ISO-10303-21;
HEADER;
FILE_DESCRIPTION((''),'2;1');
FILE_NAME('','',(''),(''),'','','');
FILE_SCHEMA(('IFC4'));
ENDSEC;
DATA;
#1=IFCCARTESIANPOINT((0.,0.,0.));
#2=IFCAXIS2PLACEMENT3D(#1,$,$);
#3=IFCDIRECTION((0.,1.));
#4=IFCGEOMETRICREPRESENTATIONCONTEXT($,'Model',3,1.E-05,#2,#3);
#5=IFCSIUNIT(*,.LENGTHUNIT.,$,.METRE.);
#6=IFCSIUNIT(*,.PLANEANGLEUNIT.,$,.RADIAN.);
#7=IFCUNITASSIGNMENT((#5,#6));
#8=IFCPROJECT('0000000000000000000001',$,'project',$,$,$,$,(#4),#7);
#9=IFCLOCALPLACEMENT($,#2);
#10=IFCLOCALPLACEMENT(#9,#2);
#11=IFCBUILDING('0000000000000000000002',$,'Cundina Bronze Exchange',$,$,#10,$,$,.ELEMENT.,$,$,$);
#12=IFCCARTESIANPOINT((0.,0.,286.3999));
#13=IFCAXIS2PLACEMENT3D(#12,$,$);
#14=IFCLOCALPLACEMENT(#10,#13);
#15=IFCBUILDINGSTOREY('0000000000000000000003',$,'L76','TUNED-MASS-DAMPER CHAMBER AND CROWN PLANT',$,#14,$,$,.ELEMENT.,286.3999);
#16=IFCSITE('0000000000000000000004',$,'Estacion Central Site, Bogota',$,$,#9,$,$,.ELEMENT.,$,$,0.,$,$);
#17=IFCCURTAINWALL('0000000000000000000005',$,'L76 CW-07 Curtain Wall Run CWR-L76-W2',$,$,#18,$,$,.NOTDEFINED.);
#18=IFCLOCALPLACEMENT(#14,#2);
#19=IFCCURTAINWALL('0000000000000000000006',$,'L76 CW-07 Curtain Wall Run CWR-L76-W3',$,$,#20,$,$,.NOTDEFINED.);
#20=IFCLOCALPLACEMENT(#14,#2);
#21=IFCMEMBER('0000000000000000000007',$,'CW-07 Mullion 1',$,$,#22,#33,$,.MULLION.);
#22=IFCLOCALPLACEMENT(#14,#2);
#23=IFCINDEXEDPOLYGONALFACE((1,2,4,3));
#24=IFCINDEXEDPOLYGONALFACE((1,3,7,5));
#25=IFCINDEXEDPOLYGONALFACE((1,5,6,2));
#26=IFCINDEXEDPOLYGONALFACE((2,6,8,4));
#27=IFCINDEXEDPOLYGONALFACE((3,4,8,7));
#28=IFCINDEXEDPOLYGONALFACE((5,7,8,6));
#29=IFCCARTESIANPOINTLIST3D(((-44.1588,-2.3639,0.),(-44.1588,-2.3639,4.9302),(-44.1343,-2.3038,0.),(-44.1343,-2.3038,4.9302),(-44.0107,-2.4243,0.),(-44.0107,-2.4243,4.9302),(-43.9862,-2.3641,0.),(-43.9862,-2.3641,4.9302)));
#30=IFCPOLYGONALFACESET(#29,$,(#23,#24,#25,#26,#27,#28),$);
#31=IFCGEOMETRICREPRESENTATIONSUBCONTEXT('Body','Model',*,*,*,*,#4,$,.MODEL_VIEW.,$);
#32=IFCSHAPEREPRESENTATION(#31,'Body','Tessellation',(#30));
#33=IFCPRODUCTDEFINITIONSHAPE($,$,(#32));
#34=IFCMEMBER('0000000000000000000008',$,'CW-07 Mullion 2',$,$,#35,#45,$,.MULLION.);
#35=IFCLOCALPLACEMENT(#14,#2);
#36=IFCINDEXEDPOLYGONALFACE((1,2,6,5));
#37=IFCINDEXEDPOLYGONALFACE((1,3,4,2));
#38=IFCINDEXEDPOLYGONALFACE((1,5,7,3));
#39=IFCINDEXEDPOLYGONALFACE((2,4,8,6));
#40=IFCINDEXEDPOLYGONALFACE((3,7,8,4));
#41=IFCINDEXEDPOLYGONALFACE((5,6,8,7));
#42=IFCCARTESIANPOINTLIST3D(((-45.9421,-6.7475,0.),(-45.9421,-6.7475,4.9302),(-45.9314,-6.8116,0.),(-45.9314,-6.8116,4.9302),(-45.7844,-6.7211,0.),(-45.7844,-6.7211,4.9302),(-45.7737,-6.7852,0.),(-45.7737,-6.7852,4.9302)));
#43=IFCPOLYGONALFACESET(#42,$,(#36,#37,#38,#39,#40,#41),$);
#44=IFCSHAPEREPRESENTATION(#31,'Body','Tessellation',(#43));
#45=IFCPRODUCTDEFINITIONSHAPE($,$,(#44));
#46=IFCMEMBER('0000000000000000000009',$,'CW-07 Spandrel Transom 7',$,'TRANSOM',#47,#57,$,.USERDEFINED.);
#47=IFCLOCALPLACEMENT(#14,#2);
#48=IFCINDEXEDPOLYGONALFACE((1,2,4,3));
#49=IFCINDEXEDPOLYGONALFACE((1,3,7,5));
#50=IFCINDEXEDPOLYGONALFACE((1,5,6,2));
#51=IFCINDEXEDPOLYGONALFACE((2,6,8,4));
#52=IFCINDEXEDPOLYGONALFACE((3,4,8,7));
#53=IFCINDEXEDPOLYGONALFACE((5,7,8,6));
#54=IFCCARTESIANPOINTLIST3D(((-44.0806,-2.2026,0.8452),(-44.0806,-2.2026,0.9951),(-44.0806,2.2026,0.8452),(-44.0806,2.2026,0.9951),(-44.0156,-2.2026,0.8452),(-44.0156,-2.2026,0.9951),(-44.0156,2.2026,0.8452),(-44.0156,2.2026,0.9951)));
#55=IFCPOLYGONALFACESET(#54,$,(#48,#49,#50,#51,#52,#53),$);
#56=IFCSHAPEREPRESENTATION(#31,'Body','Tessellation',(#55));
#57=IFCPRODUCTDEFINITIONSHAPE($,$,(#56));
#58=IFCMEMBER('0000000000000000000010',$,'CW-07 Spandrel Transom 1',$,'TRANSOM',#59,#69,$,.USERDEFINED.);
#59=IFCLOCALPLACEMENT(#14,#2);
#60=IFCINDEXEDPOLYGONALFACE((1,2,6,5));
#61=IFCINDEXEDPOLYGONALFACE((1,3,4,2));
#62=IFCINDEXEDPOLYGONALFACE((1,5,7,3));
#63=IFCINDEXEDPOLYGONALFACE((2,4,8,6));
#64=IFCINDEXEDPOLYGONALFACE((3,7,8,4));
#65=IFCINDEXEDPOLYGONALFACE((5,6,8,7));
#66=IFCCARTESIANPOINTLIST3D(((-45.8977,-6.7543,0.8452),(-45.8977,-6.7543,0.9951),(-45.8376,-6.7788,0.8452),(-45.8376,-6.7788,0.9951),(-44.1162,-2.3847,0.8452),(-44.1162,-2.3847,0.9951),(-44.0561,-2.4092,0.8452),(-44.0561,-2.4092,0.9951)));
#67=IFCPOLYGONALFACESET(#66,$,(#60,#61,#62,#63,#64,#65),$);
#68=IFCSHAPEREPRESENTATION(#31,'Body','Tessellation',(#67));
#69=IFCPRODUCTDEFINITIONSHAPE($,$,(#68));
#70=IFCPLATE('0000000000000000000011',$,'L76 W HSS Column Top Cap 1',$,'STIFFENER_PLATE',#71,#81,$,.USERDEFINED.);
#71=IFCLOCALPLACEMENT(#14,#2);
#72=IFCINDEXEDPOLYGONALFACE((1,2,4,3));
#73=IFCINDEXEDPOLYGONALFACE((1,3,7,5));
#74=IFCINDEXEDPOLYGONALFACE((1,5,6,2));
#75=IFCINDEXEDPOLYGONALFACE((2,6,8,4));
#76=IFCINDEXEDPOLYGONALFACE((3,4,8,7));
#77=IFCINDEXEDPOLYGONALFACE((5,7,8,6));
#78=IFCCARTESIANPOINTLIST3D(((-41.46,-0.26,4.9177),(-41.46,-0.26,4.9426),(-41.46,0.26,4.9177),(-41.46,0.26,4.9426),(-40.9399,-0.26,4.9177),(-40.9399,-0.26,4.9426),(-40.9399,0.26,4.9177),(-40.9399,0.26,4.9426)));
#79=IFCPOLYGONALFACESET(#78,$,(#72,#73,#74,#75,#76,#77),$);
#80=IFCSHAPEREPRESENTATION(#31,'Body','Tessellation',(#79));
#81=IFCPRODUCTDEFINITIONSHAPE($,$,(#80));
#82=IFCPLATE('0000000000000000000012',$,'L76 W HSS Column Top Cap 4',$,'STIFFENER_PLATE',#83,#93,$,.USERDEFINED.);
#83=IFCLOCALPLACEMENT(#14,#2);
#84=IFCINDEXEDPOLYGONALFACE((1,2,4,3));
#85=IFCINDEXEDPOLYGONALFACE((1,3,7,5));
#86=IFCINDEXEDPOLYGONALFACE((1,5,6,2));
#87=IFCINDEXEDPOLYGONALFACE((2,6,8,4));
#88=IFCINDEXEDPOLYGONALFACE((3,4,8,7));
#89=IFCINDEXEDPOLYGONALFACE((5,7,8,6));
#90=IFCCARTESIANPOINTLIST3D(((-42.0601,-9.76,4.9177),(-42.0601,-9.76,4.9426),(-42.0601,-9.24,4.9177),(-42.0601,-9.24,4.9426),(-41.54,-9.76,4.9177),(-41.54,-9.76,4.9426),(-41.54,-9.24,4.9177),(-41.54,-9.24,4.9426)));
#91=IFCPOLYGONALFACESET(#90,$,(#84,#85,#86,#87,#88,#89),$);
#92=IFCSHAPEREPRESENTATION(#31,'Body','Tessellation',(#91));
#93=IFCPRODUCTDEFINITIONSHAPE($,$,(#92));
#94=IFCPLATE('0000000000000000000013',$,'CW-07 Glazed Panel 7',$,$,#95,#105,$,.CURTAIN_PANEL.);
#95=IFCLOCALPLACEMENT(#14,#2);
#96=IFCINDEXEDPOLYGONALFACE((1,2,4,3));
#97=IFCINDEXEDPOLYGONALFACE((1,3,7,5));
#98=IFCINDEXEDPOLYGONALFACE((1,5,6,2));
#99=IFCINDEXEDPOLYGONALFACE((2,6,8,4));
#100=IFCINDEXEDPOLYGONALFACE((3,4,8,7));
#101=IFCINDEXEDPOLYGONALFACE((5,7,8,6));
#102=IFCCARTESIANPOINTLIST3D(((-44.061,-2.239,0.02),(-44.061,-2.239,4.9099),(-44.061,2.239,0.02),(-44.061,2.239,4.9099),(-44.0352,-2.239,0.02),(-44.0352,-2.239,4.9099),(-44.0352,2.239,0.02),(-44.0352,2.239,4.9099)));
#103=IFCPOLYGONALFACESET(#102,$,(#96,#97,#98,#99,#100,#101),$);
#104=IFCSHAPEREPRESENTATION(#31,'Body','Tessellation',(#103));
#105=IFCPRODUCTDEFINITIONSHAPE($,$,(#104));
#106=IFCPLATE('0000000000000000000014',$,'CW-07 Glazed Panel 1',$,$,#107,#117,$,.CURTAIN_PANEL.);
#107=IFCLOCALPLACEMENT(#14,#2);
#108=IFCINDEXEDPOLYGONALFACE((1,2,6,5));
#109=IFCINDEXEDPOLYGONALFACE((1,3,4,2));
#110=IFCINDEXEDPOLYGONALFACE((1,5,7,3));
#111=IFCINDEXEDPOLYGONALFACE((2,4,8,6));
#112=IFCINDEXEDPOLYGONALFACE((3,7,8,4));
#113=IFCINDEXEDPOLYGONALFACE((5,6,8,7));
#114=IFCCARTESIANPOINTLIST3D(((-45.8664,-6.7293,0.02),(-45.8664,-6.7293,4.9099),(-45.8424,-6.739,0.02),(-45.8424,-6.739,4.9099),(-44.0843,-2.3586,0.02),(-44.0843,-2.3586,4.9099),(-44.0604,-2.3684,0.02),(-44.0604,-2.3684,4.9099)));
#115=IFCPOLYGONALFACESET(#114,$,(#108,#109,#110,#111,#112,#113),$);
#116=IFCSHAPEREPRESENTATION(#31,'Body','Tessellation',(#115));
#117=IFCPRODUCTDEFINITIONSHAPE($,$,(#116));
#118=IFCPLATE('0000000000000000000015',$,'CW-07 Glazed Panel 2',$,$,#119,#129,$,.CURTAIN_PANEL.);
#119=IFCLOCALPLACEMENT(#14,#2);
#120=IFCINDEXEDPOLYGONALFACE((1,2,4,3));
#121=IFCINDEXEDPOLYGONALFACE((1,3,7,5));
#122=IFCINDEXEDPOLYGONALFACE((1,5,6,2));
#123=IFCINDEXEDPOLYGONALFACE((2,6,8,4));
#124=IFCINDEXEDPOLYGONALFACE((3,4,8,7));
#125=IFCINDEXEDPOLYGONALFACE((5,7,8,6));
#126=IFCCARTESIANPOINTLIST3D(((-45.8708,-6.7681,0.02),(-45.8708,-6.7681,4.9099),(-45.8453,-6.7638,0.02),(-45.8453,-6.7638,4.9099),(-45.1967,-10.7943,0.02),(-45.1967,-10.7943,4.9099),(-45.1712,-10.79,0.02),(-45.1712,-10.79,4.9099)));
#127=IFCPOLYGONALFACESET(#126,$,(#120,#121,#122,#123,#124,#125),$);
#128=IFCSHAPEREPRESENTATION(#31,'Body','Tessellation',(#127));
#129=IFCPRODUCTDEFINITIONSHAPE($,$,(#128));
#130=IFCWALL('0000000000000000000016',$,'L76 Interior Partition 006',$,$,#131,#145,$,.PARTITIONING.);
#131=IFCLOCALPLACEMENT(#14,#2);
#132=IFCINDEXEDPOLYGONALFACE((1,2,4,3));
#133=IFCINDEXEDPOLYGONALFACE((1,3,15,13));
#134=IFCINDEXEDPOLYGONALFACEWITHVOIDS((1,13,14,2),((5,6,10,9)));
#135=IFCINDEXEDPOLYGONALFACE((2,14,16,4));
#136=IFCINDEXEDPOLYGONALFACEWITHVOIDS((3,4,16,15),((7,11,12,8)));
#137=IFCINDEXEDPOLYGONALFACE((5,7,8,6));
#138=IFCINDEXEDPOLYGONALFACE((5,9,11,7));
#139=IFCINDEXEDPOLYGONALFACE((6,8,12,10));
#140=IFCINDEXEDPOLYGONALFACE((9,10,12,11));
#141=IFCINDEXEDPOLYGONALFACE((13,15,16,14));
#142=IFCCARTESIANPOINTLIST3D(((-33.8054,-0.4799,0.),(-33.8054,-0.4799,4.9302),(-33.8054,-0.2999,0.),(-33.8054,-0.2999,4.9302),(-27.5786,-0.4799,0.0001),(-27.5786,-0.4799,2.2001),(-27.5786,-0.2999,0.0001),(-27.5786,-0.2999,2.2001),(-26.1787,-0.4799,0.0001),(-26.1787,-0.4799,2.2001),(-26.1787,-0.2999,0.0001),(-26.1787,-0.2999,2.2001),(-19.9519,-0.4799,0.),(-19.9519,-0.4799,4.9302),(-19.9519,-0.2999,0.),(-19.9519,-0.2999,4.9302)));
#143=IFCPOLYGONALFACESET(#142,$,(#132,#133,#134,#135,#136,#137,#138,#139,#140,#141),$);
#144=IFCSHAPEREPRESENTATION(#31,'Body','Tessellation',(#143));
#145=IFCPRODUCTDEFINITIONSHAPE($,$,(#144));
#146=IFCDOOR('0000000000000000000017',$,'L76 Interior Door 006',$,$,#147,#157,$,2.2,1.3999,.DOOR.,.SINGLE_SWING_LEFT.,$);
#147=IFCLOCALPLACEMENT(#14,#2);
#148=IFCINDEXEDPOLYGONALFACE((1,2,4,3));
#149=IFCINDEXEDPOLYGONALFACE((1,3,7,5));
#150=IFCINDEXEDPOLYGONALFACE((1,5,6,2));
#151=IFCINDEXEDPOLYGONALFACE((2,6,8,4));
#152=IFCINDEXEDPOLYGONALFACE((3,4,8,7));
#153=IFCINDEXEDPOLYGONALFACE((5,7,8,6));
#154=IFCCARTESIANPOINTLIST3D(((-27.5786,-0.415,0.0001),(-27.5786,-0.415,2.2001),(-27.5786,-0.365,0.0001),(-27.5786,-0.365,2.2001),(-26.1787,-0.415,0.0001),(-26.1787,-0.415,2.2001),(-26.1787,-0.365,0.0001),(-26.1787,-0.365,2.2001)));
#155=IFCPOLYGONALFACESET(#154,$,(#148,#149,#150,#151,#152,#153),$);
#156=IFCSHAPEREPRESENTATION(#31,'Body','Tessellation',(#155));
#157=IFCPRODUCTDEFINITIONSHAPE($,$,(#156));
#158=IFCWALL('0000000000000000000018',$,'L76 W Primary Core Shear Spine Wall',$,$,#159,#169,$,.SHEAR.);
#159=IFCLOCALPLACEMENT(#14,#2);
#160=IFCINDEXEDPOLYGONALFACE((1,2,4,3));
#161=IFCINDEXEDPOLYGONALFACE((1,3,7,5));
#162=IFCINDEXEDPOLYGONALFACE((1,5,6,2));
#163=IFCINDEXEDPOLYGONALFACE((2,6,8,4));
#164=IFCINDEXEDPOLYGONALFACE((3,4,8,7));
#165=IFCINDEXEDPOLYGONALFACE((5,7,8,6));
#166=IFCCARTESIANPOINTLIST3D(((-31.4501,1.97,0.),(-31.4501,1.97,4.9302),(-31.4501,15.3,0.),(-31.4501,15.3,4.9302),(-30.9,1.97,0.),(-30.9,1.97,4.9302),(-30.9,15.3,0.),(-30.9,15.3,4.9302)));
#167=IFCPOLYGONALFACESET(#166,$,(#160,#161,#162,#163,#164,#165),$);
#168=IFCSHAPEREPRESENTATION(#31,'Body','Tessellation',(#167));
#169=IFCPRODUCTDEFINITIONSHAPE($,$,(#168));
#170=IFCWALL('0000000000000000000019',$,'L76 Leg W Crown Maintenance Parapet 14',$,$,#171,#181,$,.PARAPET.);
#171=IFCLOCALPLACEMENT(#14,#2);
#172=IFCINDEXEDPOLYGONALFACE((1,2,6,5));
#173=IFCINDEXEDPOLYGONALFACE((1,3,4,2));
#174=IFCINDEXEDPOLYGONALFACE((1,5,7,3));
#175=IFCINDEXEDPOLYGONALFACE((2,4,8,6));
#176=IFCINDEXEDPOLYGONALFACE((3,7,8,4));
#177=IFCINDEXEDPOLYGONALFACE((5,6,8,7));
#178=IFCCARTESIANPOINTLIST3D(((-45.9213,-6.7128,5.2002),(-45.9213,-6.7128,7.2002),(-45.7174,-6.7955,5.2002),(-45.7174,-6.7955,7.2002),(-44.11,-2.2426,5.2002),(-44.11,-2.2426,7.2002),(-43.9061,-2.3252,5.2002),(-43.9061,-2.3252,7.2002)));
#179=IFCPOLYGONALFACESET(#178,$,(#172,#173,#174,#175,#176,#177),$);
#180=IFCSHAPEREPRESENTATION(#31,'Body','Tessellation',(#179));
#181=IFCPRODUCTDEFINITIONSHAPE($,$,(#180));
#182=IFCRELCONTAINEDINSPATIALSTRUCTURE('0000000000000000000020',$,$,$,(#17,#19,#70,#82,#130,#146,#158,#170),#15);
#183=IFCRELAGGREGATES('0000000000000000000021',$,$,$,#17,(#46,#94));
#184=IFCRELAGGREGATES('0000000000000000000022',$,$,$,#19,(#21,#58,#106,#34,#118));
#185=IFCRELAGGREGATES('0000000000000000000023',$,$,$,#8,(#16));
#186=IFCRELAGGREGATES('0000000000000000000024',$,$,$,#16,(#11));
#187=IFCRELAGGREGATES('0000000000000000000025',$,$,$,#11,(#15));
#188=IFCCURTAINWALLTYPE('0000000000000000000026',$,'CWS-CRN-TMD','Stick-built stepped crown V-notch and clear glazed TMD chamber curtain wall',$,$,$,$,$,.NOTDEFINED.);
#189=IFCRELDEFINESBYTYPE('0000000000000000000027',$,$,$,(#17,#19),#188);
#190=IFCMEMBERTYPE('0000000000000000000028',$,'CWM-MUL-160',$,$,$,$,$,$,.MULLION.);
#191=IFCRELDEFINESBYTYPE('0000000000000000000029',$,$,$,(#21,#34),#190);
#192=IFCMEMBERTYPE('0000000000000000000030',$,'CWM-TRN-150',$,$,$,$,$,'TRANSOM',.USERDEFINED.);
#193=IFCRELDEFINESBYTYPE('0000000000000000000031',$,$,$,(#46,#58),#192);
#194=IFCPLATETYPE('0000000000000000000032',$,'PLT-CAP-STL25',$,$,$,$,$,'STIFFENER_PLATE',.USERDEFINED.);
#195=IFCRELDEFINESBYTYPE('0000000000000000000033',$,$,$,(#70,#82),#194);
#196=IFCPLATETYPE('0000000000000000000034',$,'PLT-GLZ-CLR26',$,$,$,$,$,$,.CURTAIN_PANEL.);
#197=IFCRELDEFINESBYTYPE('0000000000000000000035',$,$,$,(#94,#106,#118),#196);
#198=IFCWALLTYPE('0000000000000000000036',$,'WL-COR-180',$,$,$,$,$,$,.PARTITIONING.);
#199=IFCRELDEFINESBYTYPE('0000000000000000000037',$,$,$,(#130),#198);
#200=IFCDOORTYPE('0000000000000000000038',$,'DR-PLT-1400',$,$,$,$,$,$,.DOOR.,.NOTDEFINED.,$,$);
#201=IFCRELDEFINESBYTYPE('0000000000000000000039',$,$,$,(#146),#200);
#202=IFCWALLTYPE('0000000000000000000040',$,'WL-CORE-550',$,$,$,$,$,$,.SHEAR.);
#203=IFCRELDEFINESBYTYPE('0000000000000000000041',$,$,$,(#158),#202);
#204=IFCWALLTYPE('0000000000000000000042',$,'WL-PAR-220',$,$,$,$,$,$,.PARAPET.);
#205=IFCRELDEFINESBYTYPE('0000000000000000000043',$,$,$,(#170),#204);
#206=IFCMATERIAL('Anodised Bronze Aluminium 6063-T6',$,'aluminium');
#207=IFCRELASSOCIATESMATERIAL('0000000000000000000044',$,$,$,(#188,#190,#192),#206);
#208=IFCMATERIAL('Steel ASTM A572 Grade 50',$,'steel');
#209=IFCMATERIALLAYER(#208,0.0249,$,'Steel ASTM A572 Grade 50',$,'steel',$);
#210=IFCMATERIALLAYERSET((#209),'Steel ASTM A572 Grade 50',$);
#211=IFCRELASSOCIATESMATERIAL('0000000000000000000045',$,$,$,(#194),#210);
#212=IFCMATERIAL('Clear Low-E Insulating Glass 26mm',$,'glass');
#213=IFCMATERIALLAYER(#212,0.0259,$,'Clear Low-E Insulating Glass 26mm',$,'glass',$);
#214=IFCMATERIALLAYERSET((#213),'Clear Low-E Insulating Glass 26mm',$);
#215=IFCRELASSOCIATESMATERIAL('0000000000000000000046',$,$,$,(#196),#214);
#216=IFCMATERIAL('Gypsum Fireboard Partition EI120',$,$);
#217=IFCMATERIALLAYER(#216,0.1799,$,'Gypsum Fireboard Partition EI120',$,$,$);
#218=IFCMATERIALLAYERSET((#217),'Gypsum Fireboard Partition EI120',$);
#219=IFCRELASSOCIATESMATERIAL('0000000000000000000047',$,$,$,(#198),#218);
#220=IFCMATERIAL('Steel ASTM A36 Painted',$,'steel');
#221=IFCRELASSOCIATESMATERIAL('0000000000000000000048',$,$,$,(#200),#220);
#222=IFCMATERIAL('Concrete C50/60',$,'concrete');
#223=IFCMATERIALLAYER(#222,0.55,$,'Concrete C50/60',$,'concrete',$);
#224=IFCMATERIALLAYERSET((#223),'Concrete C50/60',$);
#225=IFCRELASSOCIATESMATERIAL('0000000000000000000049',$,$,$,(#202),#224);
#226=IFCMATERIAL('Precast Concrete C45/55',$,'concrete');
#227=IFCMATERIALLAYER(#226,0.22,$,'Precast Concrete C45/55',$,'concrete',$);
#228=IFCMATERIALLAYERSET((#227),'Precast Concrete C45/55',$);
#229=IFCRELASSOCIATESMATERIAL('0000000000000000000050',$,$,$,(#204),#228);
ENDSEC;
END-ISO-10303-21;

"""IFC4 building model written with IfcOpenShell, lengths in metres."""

from ifc_helpers import new_model, si_unit, direction, frame, frame_2d, origin, origin_2d, place, context, subcontext, project, spatial, rectangle, extrude, material, layer, layer_set, material_profile, profile_set, type_object, element, fill, aggregate, save


model = new_model("IFC4")

# Units and contexts
model_context = context("Model", 3, precision=1e-05, world=origin(), true_north=direction((0.0, 1.0)))
body_context = subcontext(model_context, "Body", "Model", "MODEL_VIEW")
ifc_project = project(units=[si_unit("LENGTHUNIT", "METRE"), si_unit("PLANEANGLEUNIT", "RADIAN")], contexts=[model_context])

# Site, building, storey
site_placement = place(None, origin())
site = spatial("IfcSite", under=ifc_project, at=site_placement, Name="Estacion Central Site, Bogota", CompositionType="ELEMENT", RefElevation=0.0)
building_placement = place(site_placement, origin())
building = spatial("IfcBuilding", under=site, at=building_placement, Name="Cundina Bronze Exchange", CompositionType="ELEMENT")
storey_placement = place(building_placement, frame((0.0, 0.0, 286.3999)))
storey = spatial("IfcBuildingStorey", under=building, at=storey_placement, Name="L76", Description="TUNED-MASS-DAMPER CHAMBER AND CROWN PLANT", CompositionType="ELEMENT", Elevation=286.3999)

# Curtain wall
ifc_material_1 = material(Name="Anodised Bronze Aluminium 6063-T6", Category="aluminium")
curtain_wall_type = type_object("IfcCurtainWallType", Name="CWS-CRN-TMD", Description="Stick-built stepped crown V-notch and clear glazed TMD chamber curtain wall", PredefinedType="NOTDEFINED", material=ifc_material_1)
curtain_wall_1_placement = place(storey_placement, origin())
curtain_wall_1 = element("IfcCurtainWall", 1, at=curtain_wall_1_placement, inside=storey, type_object=curtain_wall_type, Name="L76 CW-07 Curtain Wall Run CWR-L76-W2", PredefinedType="NOTDEFINED")
ifc_material_profile_1 = material_profile(ifc_material_1, rectangle(XDim=0.0649, YDim=0.1599, at=origin_2d()), Name="AL65X160", Category="aluminium")
ifc_profile_set_1 = profile_set([ifc_material_profile_1], Name="Anodised Bronze Aluminium 6063-T6")
member_type_1 = type_object("IfcMemberType", Name="CWM-MUL-160", PredefinedType="MULLION", material=ifc_profile_set_1)

# Curtain wall, members
curtain_wall_2_placement = place(storey_placement, origin())
curtain_wall_2 = element("IfcCurtainWall", 2, at=curtain_wall_2_placement, inside=storey, type_object=curtain_wall_type, Name="L76 CW-07 Curtain Wall Run CWR-L76-W3", PredefinedType="NOTDEFINED")
member_1_placement = place(storey_placement, frame((-44.0725, -2.364, 0.0), z_axis=(0.0, 0.0, 1.0), x_axis=(-0.377518, -0.926002, 0.0)))
member_1 = element("IfcMember", 3, at=member_1_placement, type_object=member_type_1, Name="CW-07 Mullion 1", PredefinedType="MULLION", context=body_context, shape_type="SweptSolid", body=[
    extrude(rectangle(XDim=0.0649, YDim=0.1599, at=origin_2d()), origin(), (0.0, 0.0, 1.0), 4.9302),
])
member_2_placement = place(storey_placement, frame((-45.8579, -6.7664, 0.0), z_axis=(0.0, 0.0, 1.0), x_axis=(0.165048, -0.986286, 0.0)))
member_2 = element("IfcMember", 4, at=member_2_placement, type_object=member_type_1, Name="CW-07 Mullion 2", PredefinedType="MULLION", context=body_context, shape_type="SweptSolid", body=[
    extrude(rectangle(XDim=0.0649, YDim=0.1599, at=origin_2d()), origin(), (0.0, 0.0, 1.0), 4.9302),
])

# Members
ifc_material_profile_2 = material_profile(ifc_material_1, rectangle(XDim=0.0649, YDim=0.1499, at=origin_2d()), Name="AL65X150", Category="aluminium")
ifc_profile_set_2 = profile_set([ifc_material_profile_2], Name="Anodised Bronze Aluminium 6063-T6")
member_type_2 = type_object("IfcMemberType", Name="CWM-TRN-150", ElementType="TRANSOM", PredefinedType="USERDEFINED", material=ifc_profile_set_2)
member_3_placement = place(storey_placement, frame((-44.0481, 2.2026, 0.9202), z_axis=(0.0, -1.0, 0.0), x_axis=(1.0, 0.0, 0.0)))
member_3 = element("IfcMember", 5, at=member_3_placement, type_object=member_type_2, Name="CW-07 Spandrel Transom 7", ObjectType="TRANSOM", PredefinedType="USERDEFINED", context=body_context, shape_type="SweptSolid", body=[
    extrude(rectangle(XDim=0.0649, YDim=0.1499, at=origin_2d()), origin(), (0.0, 0.0, 1.0), 4.4053),
])
member_4_placement = place(storey_placement, frame((-44.0862, -2.397, 0.9202), z_axis=(-0.377529, -0.925998, 0.0), x_axis=(0.925998, -0.377529, 0.0)))
member_4 = element("IfcMember", 6, at=member_4_placement, type_object=member_type_2, Name="CW-07 Spandrel Transom 1", ObjectType="TRANSOM", PredefinedType="USERDEFINED", context=body_context, shape_type="SweptSolid", body=[
    extrude(rectangle(XDim=0.0649, YDim=0.1499, at=origin_2d()), origin(), (0.0, 0.0, 1.0), 4.7188),
])

# Plates
ifc_material_2 = material(Name="Steel ASTM A572 Grade 50", Category="steel")
ifc_layer_1 = layer(ifc_material_2, 0.0249, Name="Steel ASTM A572 Grade 50", Category="steel")
ifc_layer_set_1 = layer_set([ifc_layer_1], Name="Steel ASTM A572 Grade 50")
plate_type_1 = type_object("IfcPlateType", Name="PLT-CAP-STL25", ElementType="STIFFENER_PLATE", PredefinedType="USERDEFINED", material=ifc_layer_set_1)
for number, where, z_axis, x_axis, name in (
    (7, (-41.2, 0.0, 4.9177), (0.0, 0.0, 1.0), (1.0, 0.0, 0.0), "L76 W HSS Column Top Cap 1"),
    (8, (-41.8, -9.5, 4.9177), (0.0, 0.0, 1.0), (1.0, 0.0, 0.0), "L76 W HSS Column Top Cap 4"),
):
    element("IfcPlate", number, at=place(storey_placement, frame(where, z_axis=z_axis, x_axis=x_axis)), inside=storey, type_object=plate_type_1, Name=name, ObjectType="STIFFENER_PLATE", PredefinedType="USERDEFINED", context=body_context, shape_type="SweptSolid", body=[
        extrude(rectangle(XDim=0.52, YDim=0.52, at=origin_2d()), origin(), (0.0, 0.0, 1.0), 0.0249),
    ])

# Plates
ifc_material_3 = material(Name="Clear Low-E Insulating Glass 26mm", Category="glass")
ifc_layer_2 = layer(ifc_material_3, 0.0259, Name="Clear Low-E Insulating Glass 26mm", Category="glass")
ifc_layer_set_2 = layer_set([ifc_layer_2], Name="Clear Low-E Insulating Glass 26mm")
plate_type_2 = type_object("IfcPlateType", Name="PLT-GLZ-CLR26", PredefinedType="CURTAIN_PANEL", material=ifc_layer_set_2)
plate_1_placement = place(storey_placement, frame((-44.0481, 0.0, 0.02), z_axis=(0.0, 0.0, 1.0), x_axis=(0.0, -1.0, 0.0)))
plate_1 = element("IfcPlate", 9, at=plate_1_placement, type_object=plate_type_2, Name="CW-07 Glazed Panel 7", PredefinedType="CURTAIN_PANEL", context=body_context, shape_type="SweptSolid", body=[
    extrude(rectangle(XDim=4.478, YDim=0.0259, at=origin_2d()), origin(), (0.0, 0.0, 1.0), 4.8899),
])
aggregate(curtain_wall_1, [member_3, plate_1])
plate_2_placement = place(storey_placement, frame((-44.9634, -4.5488, 0.02), z_axis=(0.0, 0.0, 1.0), x_axis=(-0.37755, -0.925989, 0.0)))
plate_2 = element("IfcPlate", 10, at=plate_2_placement, type_object=plate_type_2, Name="CW-07 Glazed Panel 1", PredefinedType="CURTAIN_PANEL", context=body_context, shape_type="SweptSolid", body=[
    extrude(rectangle(XDim=4.72, YDim=0.0259, at=origin_2d()), origin(), (0.0, 0.0, 1.0), 4.8899),
])
plate_3_placement = place(storey_placement, frame((-45.521, -8.7791, 0.02), z_axis=(0.0, 0.0, 1.0), x_axis=(0.165134, -0.986271, 0.0)))
plate_3 = element("IfcPlate", 11, at=plate_3_placement, type_object=plate_type_2, Name="CW-07 Glazed Panel 2", PredefinedType="CURTAIN_PANEL", context=body_context, shape_type="SweptSolid", body=[
    extrude(rectangle(XDim=4.0823, YDim=0.0259, at=origin_2d()), origin(), (0.0, 0.0, 1.0), 4.8899),
])
aggregate(curtain_wall_2, [member_1, member_4, plate_2, member_2, plate_3])

# Wall, opening, door
ifc_material_4 = material(Name="Gypsum Fireboard Partition EI120")
ifc_layer_3 = layer(ifc_material_4, 0.1799, Name="Gypsum Fireboard Partition EI120")
ifc_layer_set_3 = layer_set([ifc_layer_3], Name="Gypsum Fireboard Partition EI120")
wall_type_1 = type_object("IfcWallType", Name="WL-COR-180", PredefinedType="PARTITIONING", material=ifc_layer_set_3)
wall_1_placement = place(storey_placement, frame((-33.8054, -0.3899, 0.0), z_axis=(0.0, 0.0, 1.0), x_axis=(1.0, 0.0, 0.0)))
wall_1 = element("IfcWall", 12, at=wall_1_placement, inside=storey, type_object=wall_type_1, Name="L76 Interior Partition 006", PredefinedType="PARTITIONING", context=body_context, shape_type="SweptSolid", body=[
    extrude(rectangle(XDim=13.8535, YDim=0.1799, at=frame_2d((6.9268, 0.0))), origin(), (0.0, 0.0, 1.0), 4.9302),
])
opening_placement = place(wall_1_placement, frame((6.2268, 0.0, 0.0)))
opening = element("IfcOpeningElement", 13, at=opening_placement, cuts=wall_1, PredefinedType="OPENING", context=body_context, shape_type="SweptSolid", body=[
    extrude(rectangle(XDim=1.3999, YDim=2.2, at=frame_2d((0.7, 1.1001))), frame((0.0, 0.0999, 0.0), z_axis=(0.0, -1.0, 0.0), x_axis=(1.0, 0.0, 0.0)), (0.0, 0.0, 1.0), 0.2),
])
ifc_material_5 = material(Name="Steel ASTM A36 Painted", Category="steel")
door_type = type_object("IfcDoorType", Name="DR-PLT-1400", OperationType="NOTDEFINED", PredefinedType="DOOR", material=ifc_material_5)
door_placement = place(opening_placement, origin())
door = element("IfcDoor", 14, at=door_placement, inside=storey, type_object=door_type, Name="L76 Interior Door 006", OperationType="SINGLE_SWING_LEFT", OverallHeight=2.2, OverallWidth=1.3999, PredefinedType="DOOR", context=body_context, shape_type="SweptSolid", body=[
    extrude(rectangle(XDim=1.3999, YDim=2.2, at=frame_2d((0.7, 1.1001))), frame((0.0, 0.0249, 0.0), z_axis=(0.0, -1.0, 0.0), x_axis=(1.0, 0.0, 0.0)), (0.0, 0.0, 1.0), 0.05),
])
fill(opening, door)

# Walls
ifc_material_6 = material(Name="Concrete C50/60", Category="concrete")
ifc_layer_4 = layer(ifc_material_6, 0.55, Name="Concrete C50/60", Category="concrete")
ifc_layer_set_4 = layer_set([ifc_layer_4], Name="Concrete C50/60")
wall_type_2 = type_object("IfcWallType", Name="WL-CORE-550", PredefinedType="SHEAR", material=ifc_layer_set_4)
wall_2_placement = place(storey_placement, frame((-31.175, 1.97, 0.0), z_axis=(0.0, 0.0, 1.0), x_axis=(0.0, 1.0, 0.0)))
element("IfcWall", 15, at=wall_2_placement, inside=storey, type_object=wall_type_2, Name="L76 W Primary Core Shear Spine Wall", PredefinedType="SHEAR", context=body_context, shape_type="SweptSolid", body=[
    extrude(rectangle(XDim=13.3301, YDim=0.55, at=frame_2d((6.665, 0.0))), origin(), (0.0, 0.0, 1.0), 4.9302),
])
ifc_material_7 = material(Name="Precast Concrete C45/55", Category="concrete")
ifc_layer_5 = layer(ifc_material_7, 0.22, Name="Precast Concrete C45/55", Category="concrete")
ifc_layer_set_5 = layer_set([ifc_layer_5], Name="Precast Concrete C45/55")
wall_type_3 = type_object("IfcWallType", Name="WL-PAR-220", PredefinedType="PARAPET", material=ifc_layer_set_5)
wall_3_placement = place(storey_placement, frame((-45.8193, -6.7542, 5.2002), z_axis=(0.0, 0.0, 1.0), x_axis=(0.375532, 0.926809, 0.0)))
element("IfcWall", 16, at=wall_3_placement, inside=storey, type_object=wall_type_3, Name="L76 Leg W Crown Maintenance Parapet 14", PredefinedType="PARAPET", context=body_context, shape_type="SweptSolid", body=[
    extrude(rectangle(XDim=4.8232, YDim=0.22, at=frame_2d((2.4116, 0.0))), origin(), (0.0, 0.0, 1.0), 2.0),
])

save(model, "model.ifc")
